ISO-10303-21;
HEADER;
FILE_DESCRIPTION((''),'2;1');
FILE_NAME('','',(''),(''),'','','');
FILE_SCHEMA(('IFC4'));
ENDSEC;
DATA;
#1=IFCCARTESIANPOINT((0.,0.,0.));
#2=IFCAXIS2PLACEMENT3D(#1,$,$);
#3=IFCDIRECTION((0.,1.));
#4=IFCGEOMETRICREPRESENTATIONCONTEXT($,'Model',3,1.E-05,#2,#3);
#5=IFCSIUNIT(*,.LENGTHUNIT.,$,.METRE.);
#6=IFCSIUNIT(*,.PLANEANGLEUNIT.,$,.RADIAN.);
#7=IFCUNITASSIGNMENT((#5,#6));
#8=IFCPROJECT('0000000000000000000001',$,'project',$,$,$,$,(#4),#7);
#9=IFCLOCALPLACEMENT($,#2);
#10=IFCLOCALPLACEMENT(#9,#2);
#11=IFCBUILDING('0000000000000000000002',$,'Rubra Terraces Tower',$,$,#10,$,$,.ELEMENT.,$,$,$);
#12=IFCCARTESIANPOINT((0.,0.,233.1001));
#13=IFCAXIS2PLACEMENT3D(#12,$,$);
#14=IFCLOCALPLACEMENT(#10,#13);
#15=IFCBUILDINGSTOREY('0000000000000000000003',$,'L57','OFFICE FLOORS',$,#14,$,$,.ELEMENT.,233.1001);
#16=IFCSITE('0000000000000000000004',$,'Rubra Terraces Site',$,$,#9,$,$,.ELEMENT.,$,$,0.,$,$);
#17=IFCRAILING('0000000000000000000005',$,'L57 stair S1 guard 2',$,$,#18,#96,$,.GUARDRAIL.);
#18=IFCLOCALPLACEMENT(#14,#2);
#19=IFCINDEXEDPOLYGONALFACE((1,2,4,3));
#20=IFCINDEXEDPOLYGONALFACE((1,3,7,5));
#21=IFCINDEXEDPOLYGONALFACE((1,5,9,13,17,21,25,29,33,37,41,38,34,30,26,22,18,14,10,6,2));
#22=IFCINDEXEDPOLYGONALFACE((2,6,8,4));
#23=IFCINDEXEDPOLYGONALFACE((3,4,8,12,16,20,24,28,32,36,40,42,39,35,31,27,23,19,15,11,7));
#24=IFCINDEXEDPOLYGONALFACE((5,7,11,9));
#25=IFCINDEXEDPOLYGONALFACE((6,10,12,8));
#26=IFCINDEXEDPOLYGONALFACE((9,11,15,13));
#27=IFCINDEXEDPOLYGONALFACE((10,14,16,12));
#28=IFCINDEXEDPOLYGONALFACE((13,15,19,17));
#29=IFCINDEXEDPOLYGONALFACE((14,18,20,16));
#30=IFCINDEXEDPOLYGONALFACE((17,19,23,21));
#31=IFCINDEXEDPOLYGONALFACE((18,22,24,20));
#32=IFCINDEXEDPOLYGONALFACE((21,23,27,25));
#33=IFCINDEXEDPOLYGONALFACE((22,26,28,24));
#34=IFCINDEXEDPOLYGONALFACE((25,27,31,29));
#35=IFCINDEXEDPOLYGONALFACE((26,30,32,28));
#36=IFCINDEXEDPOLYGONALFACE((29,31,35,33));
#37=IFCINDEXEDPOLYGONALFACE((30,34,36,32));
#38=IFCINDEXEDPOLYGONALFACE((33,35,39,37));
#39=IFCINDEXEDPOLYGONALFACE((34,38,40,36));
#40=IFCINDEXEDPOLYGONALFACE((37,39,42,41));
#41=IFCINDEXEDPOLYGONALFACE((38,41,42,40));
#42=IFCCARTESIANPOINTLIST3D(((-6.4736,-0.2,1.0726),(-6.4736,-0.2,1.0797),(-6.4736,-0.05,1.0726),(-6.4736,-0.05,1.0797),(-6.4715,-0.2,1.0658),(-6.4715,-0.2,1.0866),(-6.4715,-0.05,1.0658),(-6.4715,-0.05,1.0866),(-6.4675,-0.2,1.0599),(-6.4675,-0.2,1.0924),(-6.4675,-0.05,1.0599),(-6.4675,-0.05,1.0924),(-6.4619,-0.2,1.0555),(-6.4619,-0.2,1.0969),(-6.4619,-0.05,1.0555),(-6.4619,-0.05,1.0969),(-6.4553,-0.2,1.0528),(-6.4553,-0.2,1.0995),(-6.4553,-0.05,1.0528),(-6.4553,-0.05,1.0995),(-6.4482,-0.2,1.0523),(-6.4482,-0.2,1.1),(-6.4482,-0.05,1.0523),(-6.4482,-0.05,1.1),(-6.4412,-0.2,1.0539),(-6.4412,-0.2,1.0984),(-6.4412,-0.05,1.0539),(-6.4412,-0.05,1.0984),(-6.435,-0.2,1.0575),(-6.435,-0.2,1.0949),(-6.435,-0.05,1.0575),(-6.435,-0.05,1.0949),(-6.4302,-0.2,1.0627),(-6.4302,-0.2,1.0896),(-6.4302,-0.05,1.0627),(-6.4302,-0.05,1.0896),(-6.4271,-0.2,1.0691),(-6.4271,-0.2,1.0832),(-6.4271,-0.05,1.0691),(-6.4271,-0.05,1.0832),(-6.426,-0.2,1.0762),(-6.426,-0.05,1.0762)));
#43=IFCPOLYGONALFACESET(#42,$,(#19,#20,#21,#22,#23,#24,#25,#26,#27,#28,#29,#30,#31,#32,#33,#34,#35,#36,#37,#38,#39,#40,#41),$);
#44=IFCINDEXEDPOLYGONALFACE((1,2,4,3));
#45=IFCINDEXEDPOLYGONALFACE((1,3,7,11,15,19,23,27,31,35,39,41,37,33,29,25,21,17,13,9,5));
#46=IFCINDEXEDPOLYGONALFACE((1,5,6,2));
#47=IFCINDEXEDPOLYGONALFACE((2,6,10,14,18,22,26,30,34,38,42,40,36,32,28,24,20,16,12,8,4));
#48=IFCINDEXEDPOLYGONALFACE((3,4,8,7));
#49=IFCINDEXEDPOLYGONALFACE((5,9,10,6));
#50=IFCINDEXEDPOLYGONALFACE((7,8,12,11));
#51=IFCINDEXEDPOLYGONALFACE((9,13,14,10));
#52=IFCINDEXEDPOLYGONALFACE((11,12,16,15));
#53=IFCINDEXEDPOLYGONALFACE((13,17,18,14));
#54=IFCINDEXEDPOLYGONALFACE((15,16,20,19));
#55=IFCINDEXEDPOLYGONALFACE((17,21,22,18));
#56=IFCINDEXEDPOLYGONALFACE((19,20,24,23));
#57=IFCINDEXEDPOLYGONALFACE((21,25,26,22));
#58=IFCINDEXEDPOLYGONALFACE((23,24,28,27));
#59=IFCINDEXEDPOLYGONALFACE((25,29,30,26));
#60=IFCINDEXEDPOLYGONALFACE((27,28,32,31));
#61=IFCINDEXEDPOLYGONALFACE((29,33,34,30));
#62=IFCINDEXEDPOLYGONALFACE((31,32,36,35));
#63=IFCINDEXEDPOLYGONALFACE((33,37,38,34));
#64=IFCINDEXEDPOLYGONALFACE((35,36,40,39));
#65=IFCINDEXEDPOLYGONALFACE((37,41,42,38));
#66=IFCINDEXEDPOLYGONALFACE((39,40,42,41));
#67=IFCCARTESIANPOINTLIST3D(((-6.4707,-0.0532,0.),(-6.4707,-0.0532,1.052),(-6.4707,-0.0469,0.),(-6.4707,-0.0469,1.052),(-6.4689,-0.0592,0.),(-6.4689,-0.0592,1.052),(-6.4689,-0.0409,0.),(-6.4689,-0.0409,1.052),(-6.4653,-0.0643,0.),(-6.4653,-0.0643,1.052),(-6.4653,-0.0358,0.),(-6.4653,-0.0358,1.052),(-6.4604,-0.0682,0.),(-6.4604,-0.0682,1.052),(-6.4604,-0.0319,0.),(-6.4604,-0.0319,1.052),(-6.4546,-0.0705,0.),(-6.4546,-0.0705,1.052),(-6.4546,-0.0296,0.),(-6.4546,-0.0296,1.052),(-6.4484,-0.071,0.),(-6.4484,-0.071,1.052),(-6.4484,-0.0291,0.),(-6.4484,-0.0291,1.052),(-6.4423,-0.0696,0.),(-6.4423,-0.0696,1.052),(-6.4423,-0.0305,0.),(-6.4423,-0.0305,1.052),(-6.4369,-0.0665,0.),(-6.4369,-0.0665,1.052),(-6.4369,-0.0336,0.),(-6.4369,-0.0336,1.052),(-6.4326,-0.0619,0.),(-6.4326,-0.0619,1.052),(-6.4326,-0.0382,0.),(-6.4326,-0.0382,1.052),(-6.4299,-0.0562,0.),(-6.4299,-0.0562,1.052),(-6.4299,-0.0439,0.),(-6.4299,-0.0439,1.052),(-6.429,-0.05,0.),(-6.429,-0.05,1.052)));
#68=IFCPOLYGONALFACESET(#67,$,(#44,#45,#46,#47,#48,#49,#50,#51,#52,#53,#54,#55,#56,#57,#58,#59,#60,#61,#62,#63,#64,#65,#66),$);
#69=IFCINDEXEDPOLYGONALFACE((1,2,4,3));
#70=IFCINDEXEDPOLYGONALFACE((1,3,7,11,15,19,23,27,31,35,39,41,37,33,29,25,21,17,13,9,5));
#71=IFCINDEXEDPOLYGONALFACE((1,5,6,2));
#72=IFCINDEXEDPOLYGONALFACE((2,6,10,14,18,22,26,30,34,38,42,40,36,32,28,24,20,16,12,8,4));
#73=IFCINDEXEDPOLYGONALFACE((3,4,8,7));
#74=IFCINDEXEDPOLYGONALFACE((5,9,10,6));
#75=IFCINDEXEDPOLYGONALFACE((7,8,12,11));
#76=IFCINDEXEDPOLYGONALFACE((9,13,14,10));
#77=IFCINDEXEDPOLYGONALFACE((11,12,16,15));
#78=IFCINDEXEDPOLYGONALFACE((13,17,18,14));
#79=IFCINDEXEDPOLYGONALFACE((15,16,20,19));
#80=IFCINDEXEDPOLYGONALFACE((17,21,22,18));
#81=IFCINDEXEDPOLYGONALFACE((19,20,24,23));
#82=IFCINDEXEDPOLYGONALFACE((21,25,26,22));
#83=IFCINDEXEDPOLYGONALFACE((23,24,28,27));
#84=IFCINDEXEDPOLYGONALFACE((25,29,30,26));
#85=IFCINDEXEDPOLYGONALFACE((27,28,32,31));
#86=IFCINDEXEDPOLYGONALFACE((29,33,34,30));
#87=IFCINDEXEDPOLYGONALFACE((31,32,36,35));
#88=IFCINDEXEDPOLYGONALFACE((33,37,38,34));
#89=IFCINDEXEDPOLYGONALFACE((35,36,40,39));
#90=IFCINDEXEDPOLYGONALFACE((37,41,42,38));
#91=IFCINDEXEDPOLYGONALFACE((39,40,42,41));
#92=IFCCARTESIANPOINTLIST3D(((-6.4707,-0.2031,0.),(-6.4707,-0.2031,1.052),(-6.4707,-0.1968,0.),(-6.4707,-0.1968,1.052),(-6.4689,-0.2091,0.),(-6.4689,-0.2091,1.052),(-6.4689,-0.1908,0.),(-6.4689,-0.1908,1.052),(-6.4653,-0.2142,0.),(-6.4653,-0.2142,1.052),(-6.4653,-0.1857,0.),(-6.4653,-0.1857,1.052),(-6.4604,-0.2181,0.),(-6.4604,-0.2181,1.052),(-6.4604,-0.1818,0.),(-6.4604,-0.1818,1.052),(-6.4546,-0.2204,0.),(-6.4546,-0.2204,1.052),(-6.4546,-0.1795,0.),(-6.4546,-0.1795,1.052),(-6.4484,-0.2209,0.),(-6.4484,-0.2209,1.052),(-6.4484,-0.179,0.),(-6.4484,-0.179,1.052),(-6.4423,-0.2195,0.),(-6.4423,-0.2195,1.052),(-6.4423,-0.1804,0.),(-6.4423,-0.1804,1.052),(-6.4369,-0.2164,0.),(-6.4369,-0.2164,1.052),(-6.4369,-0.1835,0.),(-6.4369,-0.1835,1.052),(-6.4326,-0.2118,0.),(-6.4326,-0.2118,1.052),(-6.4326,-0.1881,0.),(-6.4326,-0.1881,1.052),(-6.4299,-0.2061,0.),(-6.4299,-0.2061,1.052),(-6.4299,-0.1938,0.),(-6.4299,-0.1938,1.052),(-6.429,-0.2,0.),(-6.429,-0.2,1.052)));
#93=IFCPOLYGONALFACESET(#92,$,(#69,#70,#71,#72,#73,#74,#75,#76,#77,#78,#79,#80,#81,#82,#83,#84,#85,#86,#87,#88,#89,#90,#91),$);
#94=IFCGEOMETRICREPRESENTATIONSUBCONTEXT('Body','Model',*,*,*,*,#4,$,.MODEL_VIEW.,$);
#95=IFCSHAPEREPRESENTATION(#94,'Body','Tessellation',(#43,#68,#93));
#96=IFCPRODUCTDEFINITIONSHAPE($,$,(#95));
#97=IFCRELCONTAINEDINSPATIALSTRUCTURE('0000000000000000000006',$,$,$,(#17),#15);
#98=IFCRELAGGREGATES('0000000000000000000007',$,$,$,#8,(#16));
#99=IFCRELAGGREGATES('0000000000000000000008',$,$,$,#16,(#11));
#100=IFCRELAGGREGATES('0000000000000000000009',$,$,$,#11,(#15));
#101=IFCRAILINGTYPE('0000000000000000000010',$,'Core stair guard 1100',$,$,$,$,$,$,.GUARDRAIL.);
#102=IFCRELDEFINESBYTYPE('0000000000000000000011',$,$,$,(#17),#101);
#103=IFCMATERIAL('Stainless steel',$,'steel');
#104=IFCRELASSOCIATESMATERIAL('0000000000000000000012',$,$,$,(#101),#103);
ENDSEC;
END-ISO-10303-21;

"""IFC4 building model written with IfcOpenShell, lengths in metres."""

from ifc_helpers import new_model, si_unit, direction, frame, origin, origin_2d, place, context, subcontext, project, spatial, circle, extrude, material, type_object, element, save


model = new_model("IFC4")

# Units and contexts
model_context = context("Model", 3, precision=1e-05, world=origin(), true_north=direction((0.0, 1.0)))
body_context = subcontext(model_context, "Body", "Model", "MODEL_VIEW")
ifc_project = project(units=[si_unit("LENGTHUNIT", "METRE"), si_unit("PLANEANGLEUNIT", "RADIAN")], contexts=[model_context])

# Site, building, storey
site_placement = place(None, origin())
site = spatial("IfcSite", under=ifc_project, at=site_placement, Name="Rubra Terraces Site", CompositionType="ELEMENT", RefElevation=0.0)
building_placement = place(site_placement, origin())
building = spatial("IfcBuilding", under=site, at=building_placement, Name="Rubra Terraces Tower", CompositionType="ELEMENT")
storey_placement = place(building_placement, frame((0.0, 0.0, 233.1001)))
storey = spatial("IfcBuildingStorey", under=building, at=storey_placement, Name="L57", Description="OFFICE FLOORS", CompositionType="ELEMENT", Elevation=233.1001)

# Railing
ifc_material_1 = material(Name="Stainless steel", Category="steel")
railing_type = type_object("IfcRailingType", Name="Core stair guard 1100", PredefinedType="GUARDRAIL", material=ifc_material_1)
railing_placement = place(storey_placement, frame((-6.45, -0.05, 0.0)))
element("IfcRailing", 1, at=railing_placement, inside=storey, type_object=railing_type, Name="L57 stair S1 guard 2", PredefinedType="GUARDRAIL", context=body_context, shape_type="SweptSolid", body=[
    extrude(circle(Radius=0.0239, at=origin_2d()), frame((0.0, 0.0, 1.0762), z_axis=(0.0, -1.0, 0.0), x_axis=(1.0, 0.0, 0.0)), (0.0, 0.0, 1.0), 0.1499),
    extrude(circle(Radius=0.021, at=origin_2d()), origin(), (0.0, 0.0, 1.0), 1.052),
    extrude(circle(Radius=0.021, at=origin_2d()), frame((0.0, -0.1499, 0.0)), (0.0, 0.0, 1.0), 1.052),
])

save(model, "model.ifc")
